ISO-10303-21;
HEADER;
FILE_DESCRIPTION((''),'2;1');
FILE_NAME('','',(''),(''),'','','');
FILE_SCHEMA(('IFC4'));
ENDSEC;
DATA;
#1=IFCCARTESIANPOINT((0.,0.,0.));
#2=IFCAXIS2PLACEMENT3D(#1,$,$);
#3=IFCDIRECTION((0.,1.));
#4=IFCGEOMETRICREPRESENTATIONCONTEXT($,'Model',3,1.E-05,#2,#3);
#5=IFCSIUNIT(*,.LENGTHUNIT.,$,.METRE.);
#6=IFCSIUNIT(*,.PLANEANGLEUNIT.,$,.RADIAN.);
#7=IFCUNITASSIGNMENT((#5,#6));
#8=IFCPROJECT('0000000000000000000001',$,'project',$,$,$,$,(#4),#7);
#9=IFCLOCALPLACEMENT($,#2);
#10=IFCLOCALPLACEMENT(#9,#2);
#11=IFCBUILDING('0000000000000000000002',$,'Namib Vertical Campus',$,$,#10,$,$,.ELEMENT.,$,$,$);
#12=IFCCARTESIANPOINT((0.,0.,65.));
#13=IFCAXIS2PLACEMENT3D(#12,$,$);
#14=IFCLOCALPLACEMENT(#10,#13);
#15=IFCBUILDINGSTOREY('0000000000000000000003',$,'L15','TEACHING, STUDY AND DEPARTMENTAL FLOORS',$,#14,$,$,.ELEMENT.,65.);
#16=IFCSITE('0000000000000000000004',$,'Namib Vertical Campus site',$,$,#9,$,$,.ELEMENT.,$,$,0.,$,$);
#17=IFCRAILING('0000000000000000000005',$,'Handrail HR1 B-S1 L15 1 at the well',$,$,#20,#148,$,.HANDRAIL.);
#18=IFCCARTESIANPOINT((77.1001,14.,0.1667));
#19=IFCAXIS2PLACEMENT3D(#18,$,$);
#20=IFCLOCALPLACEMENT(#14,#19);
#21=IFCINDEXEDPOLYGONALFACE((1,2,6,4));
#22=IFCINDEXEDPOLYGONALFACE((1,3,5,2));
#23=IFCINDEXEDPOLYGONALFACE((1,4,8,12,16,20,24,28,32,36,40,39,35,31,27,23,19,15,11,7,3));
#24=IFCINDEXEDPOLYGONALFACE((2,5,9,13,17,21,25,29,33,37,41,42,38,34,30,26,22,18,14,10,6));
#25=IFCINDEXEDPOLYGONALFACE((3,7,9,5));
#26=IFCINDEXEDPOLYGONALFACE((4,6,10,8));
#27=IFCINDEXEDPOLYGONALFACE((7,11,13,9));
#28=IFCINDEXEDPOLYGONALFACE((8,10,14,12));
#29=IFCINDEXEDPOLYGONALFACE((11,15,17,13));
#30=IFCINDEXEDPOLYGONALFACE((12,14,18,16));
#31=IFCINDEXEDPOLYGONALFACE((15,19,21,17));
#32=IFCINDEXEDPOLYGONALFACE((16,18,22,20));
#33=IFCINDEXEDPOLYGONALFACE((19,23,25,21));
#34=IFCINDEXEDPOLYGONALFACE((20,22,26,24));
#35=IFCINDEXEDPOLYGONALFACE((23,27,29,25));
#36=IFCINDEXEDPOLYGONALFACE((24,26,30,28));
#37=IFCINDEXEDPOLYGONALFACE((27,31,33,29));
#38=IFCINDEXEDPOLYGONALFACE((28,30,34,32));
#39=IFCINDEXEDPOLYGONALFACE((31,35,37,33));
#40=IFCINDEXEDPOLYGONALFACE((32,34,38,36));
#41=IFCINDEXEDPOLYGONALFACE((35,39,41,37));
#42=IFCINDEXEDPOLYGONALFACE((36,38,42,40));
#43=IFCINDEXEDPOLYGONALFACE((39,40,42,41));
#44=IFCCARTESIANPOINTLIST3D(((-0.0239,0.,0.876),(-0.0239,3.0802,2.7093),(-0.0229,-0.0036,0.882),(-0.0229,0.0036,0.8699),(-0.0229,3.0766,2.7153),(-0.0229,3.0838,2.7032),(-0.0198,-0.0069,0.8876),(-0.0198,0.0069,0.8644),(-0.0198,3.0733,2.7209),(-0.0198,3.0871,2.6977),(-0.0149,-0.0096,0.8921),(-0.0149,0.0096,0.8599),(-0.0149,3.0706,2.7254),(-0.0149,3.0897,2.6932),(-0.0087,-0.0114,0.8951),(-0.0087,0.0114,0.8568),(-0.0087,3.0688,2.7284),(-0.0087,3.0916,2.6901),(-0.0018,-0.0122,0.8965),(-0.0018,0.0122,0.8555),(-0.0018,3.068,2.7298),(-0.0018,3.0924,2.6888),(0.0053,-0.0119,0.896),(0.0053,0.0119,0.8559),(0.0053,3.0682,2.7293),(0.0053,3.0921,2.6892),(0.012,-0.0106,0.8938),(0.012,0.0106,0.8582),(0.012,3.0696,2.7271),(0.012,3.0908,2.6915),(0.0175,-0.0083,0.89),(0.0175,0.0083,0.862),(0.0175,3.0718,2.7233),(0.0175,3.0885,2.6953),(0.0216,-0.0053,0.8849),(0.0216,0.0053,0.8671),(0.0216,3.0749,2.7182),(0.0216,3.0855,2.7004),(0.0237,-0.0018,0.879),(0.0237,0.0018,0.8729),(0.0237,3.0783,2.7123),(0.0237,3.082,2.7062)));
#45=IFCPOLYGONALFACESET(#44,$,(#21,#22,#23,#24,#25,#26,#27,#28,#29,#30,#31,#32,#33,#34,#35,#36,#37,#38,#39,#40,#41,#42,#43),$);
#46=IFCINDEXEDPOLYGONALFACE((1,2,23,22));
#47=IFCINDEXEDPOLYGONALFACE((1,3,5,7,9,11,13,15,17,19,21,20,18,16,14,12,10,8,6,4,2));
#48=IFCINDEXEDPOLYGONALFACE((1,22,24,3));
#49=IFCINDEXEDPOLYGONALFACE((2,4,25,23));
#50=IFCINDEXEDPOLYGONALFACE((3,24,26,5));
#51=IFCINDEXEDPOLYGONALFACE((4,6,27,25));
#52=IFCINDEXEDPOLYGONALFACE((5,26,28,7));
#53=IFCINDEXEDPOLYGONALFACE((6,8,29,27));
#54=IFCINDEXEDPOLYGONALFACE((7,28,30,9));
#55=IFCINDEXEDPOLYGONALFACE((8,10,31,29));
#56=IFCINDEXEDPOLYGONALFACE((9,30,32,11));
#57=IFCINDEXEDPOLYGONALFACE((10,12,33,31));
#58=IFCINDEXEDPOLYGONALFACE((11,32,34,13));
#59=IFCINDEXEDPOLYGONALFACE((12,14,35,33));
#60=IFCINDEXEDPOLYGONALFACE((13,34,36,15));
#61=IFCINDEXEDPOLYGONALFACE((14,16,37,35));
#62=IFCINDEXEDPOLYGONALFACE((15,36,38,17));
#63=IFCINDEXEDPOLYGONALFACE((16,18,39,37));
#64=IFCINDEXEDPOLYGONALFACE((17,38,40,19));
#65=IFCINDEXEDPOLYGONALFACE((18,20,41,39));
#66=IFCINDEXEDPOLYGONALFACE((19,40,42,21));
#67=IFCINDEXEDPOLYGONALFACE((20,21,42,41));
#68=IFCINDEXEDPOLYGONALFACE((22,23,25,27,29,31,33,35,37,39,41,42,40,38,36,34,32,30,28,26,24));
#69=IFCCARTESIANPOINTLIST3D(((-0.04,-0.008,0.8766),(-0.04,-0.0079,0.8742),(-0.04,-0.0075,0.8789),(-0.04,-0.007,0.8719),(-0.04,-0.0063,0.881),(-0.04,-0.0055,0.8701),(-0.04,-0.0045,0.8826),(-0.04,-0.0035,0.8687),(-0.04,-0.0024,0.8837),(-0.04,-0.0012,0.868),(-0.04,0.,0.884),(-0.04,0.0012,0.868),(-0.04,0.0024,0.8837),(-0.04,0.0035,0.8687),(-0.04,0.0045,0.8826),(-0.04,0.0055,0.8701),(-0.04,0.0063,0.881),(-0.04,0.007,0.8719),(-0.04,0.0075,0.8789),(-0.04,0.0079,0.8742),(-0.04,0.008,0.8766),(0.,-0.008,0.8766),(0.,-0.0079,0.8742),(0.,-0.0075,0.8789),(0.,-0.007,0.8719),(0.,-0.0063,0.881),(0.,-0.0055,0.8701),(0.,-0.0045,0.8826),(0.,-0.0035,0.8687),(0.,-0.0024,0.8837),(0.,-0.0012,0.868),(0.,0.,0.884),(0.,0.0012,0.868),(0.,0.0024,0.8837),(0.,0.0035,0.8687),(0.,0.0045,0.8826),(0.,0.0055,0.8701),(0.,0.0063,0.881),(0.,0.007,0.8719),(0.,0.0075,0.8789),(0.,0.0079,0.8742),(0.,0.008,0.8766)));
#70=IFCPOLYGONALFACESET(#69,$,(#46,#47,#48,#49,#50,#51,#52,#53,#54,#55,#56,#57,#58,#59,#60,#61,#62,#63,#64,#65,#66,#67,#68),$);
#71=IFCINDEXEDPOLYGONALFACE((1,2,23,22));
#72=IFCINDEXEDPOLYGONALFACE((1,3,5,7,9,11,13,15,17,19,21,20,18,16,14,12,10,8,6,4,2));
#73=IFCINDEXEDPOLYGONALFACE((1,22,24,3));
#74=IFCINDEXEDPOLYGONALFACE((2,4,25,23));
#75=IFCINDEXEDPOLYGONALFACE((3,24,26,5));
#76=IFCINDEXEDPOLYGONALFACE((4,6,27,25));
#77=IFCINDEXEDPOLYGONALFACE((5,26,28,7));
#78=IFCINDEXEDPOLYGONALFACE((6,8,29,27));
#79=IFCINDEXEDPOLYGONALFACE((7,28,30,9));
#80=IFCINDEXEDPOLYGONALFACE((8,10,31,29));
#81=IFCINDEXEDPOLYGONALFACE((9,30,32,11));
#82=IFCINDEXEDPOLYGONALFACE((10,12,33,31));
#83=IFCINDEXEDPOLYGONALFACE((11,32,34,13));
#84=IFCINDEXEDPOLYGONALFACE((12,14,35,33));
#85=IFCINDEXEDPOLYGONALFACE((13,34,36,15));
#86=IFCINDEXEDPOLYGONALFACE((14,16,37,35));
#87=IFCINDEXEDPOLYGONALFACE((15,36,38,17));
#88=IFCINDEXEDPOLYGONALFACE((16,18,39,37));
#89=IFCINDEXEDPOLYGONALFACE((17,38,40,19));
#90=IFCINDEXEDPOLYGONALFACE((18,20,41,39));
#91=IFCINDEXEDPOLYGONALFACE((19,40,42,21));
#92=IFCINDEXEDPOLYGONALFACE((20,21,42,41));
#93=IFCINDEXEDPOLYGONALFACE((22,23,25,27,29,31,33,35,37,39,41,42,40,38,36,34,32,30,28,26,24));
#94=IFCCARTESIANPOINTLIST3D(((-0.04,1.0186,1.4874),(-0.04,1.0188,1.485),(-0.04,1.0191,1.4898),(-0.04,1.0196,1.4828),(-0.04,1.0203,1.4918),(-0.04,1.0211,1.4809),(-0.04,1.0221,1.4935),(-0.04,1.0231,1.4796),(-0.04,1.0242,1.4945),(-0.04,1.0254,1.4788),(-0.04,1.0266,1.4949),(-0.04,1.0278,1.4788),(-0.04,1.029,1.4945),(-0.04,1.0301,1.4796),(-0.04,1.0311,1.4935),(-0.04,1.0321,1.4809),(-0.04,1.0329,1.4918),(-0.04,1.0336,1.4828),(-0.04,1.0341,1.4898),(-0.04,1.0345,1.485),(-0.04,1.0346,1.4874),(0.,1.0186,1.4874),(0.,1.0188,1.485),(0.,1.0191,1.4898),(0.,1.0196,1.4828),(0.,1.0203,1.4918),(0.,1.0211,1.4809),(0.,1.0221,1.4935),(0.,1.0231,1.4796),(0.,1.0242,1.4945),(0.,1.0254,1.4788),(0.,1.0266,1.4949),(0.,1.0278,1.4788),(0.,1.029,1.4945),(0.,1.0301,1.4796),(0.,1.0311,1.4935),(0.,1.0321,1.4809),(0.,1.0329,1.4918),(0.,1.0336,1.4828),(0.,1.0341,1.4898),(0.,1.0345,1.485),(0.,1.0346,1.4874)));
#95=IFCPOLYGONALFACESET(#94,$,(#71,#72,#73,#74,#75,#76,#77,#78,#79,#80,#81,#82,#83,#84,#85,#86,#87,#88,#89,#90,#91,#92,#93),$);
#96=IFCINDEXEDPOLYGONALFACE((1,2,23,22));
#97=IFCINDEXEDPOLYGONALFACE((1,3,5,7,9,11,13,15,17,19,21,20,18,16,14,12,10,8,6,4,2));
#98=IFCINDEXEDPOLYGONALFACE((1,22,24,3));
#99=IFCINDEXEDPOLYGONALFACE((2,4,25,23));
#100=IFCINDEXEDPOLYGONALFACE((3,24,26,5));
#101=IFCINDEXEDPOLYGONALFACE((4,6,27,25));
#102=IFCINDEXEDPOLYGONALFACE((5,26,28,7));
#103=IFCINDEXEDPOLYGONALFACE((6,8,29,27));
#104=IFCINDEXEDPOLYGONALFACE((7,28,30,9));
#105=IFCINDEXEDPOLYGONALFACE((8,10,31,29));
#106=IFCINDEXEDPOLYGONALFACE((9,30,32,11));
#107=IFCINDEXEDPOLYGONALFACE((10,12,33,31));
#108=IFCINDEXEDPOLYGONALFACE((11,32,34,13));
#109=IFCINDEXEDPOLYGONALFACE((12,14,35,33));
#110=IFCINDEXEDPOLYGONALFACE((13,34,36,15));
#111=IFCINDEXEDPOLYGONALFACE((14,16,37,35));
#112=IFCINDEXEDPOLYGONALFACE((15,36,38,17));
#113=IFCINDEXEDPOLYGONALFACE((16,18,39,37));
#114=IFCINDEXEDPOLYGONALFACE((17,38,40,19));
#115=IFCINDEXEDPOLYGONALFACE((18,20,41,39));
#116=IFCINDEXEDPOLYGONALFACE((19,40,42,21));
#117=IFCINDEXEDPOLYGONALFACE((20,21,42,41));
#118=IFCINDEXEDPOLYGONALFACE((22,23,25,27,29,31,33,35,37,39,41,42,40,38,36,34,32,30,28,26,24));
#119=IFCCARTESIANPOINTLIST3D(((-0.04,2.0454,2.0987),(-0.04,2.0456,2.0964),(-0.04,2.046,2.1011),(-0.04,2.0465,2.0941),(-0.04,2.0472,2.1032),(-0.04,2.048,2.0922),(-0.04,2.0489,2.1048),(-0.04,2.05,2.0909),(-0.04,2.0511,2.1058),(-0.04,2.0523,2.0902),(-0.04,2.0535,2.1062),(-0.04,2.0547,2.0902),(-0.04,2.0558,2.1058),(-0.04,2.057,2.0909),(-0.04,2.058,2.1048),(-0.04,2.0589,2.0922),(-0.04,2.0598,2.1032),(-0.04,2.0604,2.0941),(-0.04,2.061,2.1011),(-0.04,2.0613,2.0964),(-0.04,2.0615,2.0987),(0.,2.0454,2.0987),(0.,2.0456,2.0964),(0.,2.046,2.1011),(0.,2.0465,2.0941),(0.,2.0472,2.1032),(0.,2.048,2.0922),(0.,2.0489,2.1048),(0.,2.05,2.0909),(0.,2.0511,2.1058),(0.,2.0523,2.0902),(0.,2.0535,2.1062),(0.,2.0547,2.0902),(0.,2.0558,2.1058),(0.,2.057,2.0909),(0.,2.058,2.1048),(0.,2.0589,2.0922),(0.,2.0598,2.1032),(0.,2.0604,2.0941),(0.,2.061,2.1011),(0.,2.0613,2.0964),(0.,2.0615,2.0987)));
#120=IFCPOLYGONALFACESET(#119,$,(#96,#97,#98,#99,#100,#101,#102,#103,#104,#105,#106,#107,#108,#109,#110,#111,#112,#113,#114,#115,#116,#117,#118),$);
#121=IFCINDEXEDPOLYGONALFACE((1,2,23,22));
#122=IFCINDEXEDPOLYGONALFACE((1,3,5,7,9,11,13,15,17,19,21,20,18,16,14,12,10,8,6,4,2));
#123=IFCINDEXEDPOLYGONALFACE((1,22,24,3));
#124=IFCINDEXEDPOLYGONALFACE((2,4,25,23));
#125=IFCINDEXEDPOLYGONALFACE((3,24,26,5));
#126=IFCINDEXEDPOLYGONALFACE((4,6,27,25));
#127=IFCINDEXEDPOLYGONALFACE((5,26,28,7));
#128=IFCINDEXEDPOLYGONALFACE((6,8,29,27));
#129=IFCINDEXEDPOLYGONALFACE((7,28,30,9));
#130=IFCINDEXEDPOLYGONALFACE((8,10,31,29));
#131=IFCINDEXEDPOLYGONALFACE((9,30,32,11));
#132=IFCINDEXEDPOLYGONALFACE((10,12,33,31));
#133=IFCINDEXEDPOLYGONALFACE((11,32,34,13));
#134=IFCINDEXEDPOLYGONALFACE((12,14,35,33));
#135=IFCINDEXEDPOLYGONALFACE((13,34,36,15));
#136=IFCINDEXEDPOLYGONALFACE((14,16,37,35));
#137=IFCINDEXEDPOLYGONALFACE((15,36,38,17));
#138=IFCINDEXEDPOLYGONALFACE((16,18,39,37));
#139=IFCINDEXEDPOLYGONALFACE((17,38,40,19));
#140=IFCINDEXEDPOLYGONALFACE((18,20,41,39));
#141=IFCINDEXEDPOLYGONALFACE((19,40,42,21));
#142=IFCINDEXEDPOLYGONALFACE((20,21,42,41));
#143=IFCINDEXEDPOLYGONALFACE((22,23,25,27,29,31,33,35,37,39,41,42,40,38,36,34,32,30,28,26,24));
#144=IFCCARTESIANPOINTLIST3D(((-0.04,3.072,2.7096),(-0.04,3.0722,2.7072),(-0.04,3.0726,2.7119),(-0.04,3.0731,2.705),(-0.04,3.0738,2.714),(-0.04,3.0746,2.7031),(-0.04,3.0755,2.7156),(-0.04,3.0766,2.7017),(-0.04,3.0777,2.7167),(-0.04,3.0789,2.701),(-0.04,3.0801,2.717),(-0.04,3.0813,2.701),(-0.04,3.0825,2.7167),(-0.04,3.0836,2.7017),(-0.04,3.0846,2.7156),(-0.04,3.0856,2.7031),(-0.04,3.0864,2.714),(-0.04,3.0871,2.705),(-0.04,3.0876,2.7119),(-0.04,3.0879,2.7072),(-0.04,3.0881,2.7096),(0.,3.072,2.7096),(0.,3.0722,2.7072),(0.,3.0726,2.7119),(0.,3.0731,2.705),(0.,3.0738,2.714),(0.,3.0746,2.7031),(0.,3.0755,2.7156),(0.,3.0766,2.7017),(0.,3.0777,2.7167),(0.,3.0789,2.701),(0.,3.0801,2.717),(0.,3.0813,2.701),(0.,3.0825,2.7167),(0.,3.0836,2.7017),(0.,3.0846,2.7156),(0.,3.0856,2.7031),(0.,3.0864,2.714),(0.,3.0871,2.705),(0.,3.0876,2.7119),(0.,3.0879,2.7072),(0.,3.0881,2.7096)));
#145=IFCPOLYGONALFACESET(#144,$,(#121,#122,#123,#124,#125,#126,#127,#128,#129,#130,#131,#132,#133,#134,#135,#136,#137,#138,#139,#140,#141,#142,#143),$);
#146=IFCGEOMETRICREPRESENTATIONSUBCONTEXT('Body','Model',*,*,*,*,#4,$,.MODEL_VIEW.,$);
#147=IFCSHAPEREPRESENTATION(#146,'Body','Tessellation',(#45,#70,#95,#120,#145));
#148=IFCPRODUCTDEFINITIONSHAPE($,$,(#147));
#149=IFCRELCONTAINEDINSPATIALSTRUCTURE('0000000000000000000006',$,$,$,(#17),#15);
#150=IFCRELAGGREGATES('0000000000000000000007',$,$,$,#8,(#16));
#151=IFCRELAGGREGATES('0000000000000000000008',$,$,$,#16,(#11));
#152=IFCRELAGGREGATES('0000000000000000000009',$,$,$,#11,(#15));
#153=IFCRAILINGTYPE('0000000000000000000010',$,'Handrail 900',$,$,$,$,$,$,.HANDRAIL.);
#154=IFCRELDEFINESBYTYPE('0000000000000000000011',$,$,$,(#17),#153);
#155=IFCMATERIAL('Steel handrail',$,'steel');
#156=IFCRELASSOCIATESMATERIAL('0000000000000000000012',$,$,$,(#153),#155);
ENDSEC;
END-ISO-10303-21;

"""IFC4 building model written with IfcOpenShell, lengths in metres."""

from ifc_helpers import new_model, si_unit, direction, frame, origin, origin_2d, place, context, subcontext, project, spatial, circle, extrude, material, type_object, element, save


model = new_model("IFC4")

# Units and contexts
model_context = context("Model", 3, precision=1e-05, world=origin(), true_north=direction((0.0, 1.0)))
body_context = subcontext(model_context, "Body", "Model", "MODEL_VIEW")
ifc_project = project(units=[si_unit("LENGTHUNIT", "METRE"), si_unit("PLANEANGLEUNIT", "RADIAN")], contexts=[model_context])

# Site, building, storey
site_placement = place(None, origin())
site = spatial("IfcSite", under=ifc_project, at=site_placement, Name="Namib Vertical Campus site", CompositionType="ELEMENT", RefElevation=0.0)
building_placement = place(site_placement, origin())
building = spatial("IfcBuilding", under=site, at=building_placement, Name="Namib Vertical Campus", CompositionType="ELEMENT")
storey_placement = place(building_placement, frame((0.0, 0.0, 65.0)))
storey = spatial("IfcBuildingStorey", under=building, at=storey_placement, Name="L15", Description="TEACHING, STUDY AND DEPARTMENTAL FLOORS", CompositionType="ELEMENT", Elevation=65.0)

# Railing
ifc_material_1 = material(Name="Steel handrail", Category="steel")
railing_type_1 = type_object("IfcRailingType", Name="Handrail 900", PredefinedType="HANDRAIL", material=ifc_material_1)
railing_1_placement = place(storey_placement, frame((77.1001, 14.0, 0.1667)))
element("IfcRailing", 1, at=railing_1_placement, inside=storey, type_object=railing_type_1, Name="Handrail HR1 B-S1 L15 1 at the well", PredefinedType="HANDRAIL", context=body_context, shape_type="SweptSolid", body=[
    extrude(circle(Radius=0.0239, at=origin_2d()), frame((0.0, 0.0, 0.876), z_axis=(0.0, 0.859309, 0.511458), x_axis=(-1.0, 0.0, 0.0)), (0.0, 0.0, 1.0), 3.5845),
    extrude(circle(Radius=0.0081, at=origin_2d()), frame((0.0, 0.0, 0.876), z_axis=(-1.0, 0.0, 0.0), x_axis=(0.0, 0.0, 1.0)), (0.0, 0.0, 1.0), 0.04),
    extrude(circle(Radius=0.0081, at=origin_2d()), frame((0.0, 1.0266, 1.4868), z_axis=(-1.0, 0.0, 0.0), x_axis=(0.0, 0.0, 1.0)), (0.0, 0.0, 1.0), 0.04),
    extrude(circle(Radius=0.0081, at=origin_2d()), frame((0.0, 2.0535, 2.0981), z_axis=(-1.0, 0.0, 0.0), x_axis=(0.0, 0.0, 1.0)), (0.0, 0.0, 1.0), 0.04),
    extrude(circle(Radius=0.0081, at=origin_2d()), frame((0.0, 3.0801, 2.709), z_axis=(-1.0, 0.0, 0.0), x_axis=(0.0, 0.0, 1.0)), (0.0, 0.0, 1.0), 0.04),
])

save(model, "model.ifc")
